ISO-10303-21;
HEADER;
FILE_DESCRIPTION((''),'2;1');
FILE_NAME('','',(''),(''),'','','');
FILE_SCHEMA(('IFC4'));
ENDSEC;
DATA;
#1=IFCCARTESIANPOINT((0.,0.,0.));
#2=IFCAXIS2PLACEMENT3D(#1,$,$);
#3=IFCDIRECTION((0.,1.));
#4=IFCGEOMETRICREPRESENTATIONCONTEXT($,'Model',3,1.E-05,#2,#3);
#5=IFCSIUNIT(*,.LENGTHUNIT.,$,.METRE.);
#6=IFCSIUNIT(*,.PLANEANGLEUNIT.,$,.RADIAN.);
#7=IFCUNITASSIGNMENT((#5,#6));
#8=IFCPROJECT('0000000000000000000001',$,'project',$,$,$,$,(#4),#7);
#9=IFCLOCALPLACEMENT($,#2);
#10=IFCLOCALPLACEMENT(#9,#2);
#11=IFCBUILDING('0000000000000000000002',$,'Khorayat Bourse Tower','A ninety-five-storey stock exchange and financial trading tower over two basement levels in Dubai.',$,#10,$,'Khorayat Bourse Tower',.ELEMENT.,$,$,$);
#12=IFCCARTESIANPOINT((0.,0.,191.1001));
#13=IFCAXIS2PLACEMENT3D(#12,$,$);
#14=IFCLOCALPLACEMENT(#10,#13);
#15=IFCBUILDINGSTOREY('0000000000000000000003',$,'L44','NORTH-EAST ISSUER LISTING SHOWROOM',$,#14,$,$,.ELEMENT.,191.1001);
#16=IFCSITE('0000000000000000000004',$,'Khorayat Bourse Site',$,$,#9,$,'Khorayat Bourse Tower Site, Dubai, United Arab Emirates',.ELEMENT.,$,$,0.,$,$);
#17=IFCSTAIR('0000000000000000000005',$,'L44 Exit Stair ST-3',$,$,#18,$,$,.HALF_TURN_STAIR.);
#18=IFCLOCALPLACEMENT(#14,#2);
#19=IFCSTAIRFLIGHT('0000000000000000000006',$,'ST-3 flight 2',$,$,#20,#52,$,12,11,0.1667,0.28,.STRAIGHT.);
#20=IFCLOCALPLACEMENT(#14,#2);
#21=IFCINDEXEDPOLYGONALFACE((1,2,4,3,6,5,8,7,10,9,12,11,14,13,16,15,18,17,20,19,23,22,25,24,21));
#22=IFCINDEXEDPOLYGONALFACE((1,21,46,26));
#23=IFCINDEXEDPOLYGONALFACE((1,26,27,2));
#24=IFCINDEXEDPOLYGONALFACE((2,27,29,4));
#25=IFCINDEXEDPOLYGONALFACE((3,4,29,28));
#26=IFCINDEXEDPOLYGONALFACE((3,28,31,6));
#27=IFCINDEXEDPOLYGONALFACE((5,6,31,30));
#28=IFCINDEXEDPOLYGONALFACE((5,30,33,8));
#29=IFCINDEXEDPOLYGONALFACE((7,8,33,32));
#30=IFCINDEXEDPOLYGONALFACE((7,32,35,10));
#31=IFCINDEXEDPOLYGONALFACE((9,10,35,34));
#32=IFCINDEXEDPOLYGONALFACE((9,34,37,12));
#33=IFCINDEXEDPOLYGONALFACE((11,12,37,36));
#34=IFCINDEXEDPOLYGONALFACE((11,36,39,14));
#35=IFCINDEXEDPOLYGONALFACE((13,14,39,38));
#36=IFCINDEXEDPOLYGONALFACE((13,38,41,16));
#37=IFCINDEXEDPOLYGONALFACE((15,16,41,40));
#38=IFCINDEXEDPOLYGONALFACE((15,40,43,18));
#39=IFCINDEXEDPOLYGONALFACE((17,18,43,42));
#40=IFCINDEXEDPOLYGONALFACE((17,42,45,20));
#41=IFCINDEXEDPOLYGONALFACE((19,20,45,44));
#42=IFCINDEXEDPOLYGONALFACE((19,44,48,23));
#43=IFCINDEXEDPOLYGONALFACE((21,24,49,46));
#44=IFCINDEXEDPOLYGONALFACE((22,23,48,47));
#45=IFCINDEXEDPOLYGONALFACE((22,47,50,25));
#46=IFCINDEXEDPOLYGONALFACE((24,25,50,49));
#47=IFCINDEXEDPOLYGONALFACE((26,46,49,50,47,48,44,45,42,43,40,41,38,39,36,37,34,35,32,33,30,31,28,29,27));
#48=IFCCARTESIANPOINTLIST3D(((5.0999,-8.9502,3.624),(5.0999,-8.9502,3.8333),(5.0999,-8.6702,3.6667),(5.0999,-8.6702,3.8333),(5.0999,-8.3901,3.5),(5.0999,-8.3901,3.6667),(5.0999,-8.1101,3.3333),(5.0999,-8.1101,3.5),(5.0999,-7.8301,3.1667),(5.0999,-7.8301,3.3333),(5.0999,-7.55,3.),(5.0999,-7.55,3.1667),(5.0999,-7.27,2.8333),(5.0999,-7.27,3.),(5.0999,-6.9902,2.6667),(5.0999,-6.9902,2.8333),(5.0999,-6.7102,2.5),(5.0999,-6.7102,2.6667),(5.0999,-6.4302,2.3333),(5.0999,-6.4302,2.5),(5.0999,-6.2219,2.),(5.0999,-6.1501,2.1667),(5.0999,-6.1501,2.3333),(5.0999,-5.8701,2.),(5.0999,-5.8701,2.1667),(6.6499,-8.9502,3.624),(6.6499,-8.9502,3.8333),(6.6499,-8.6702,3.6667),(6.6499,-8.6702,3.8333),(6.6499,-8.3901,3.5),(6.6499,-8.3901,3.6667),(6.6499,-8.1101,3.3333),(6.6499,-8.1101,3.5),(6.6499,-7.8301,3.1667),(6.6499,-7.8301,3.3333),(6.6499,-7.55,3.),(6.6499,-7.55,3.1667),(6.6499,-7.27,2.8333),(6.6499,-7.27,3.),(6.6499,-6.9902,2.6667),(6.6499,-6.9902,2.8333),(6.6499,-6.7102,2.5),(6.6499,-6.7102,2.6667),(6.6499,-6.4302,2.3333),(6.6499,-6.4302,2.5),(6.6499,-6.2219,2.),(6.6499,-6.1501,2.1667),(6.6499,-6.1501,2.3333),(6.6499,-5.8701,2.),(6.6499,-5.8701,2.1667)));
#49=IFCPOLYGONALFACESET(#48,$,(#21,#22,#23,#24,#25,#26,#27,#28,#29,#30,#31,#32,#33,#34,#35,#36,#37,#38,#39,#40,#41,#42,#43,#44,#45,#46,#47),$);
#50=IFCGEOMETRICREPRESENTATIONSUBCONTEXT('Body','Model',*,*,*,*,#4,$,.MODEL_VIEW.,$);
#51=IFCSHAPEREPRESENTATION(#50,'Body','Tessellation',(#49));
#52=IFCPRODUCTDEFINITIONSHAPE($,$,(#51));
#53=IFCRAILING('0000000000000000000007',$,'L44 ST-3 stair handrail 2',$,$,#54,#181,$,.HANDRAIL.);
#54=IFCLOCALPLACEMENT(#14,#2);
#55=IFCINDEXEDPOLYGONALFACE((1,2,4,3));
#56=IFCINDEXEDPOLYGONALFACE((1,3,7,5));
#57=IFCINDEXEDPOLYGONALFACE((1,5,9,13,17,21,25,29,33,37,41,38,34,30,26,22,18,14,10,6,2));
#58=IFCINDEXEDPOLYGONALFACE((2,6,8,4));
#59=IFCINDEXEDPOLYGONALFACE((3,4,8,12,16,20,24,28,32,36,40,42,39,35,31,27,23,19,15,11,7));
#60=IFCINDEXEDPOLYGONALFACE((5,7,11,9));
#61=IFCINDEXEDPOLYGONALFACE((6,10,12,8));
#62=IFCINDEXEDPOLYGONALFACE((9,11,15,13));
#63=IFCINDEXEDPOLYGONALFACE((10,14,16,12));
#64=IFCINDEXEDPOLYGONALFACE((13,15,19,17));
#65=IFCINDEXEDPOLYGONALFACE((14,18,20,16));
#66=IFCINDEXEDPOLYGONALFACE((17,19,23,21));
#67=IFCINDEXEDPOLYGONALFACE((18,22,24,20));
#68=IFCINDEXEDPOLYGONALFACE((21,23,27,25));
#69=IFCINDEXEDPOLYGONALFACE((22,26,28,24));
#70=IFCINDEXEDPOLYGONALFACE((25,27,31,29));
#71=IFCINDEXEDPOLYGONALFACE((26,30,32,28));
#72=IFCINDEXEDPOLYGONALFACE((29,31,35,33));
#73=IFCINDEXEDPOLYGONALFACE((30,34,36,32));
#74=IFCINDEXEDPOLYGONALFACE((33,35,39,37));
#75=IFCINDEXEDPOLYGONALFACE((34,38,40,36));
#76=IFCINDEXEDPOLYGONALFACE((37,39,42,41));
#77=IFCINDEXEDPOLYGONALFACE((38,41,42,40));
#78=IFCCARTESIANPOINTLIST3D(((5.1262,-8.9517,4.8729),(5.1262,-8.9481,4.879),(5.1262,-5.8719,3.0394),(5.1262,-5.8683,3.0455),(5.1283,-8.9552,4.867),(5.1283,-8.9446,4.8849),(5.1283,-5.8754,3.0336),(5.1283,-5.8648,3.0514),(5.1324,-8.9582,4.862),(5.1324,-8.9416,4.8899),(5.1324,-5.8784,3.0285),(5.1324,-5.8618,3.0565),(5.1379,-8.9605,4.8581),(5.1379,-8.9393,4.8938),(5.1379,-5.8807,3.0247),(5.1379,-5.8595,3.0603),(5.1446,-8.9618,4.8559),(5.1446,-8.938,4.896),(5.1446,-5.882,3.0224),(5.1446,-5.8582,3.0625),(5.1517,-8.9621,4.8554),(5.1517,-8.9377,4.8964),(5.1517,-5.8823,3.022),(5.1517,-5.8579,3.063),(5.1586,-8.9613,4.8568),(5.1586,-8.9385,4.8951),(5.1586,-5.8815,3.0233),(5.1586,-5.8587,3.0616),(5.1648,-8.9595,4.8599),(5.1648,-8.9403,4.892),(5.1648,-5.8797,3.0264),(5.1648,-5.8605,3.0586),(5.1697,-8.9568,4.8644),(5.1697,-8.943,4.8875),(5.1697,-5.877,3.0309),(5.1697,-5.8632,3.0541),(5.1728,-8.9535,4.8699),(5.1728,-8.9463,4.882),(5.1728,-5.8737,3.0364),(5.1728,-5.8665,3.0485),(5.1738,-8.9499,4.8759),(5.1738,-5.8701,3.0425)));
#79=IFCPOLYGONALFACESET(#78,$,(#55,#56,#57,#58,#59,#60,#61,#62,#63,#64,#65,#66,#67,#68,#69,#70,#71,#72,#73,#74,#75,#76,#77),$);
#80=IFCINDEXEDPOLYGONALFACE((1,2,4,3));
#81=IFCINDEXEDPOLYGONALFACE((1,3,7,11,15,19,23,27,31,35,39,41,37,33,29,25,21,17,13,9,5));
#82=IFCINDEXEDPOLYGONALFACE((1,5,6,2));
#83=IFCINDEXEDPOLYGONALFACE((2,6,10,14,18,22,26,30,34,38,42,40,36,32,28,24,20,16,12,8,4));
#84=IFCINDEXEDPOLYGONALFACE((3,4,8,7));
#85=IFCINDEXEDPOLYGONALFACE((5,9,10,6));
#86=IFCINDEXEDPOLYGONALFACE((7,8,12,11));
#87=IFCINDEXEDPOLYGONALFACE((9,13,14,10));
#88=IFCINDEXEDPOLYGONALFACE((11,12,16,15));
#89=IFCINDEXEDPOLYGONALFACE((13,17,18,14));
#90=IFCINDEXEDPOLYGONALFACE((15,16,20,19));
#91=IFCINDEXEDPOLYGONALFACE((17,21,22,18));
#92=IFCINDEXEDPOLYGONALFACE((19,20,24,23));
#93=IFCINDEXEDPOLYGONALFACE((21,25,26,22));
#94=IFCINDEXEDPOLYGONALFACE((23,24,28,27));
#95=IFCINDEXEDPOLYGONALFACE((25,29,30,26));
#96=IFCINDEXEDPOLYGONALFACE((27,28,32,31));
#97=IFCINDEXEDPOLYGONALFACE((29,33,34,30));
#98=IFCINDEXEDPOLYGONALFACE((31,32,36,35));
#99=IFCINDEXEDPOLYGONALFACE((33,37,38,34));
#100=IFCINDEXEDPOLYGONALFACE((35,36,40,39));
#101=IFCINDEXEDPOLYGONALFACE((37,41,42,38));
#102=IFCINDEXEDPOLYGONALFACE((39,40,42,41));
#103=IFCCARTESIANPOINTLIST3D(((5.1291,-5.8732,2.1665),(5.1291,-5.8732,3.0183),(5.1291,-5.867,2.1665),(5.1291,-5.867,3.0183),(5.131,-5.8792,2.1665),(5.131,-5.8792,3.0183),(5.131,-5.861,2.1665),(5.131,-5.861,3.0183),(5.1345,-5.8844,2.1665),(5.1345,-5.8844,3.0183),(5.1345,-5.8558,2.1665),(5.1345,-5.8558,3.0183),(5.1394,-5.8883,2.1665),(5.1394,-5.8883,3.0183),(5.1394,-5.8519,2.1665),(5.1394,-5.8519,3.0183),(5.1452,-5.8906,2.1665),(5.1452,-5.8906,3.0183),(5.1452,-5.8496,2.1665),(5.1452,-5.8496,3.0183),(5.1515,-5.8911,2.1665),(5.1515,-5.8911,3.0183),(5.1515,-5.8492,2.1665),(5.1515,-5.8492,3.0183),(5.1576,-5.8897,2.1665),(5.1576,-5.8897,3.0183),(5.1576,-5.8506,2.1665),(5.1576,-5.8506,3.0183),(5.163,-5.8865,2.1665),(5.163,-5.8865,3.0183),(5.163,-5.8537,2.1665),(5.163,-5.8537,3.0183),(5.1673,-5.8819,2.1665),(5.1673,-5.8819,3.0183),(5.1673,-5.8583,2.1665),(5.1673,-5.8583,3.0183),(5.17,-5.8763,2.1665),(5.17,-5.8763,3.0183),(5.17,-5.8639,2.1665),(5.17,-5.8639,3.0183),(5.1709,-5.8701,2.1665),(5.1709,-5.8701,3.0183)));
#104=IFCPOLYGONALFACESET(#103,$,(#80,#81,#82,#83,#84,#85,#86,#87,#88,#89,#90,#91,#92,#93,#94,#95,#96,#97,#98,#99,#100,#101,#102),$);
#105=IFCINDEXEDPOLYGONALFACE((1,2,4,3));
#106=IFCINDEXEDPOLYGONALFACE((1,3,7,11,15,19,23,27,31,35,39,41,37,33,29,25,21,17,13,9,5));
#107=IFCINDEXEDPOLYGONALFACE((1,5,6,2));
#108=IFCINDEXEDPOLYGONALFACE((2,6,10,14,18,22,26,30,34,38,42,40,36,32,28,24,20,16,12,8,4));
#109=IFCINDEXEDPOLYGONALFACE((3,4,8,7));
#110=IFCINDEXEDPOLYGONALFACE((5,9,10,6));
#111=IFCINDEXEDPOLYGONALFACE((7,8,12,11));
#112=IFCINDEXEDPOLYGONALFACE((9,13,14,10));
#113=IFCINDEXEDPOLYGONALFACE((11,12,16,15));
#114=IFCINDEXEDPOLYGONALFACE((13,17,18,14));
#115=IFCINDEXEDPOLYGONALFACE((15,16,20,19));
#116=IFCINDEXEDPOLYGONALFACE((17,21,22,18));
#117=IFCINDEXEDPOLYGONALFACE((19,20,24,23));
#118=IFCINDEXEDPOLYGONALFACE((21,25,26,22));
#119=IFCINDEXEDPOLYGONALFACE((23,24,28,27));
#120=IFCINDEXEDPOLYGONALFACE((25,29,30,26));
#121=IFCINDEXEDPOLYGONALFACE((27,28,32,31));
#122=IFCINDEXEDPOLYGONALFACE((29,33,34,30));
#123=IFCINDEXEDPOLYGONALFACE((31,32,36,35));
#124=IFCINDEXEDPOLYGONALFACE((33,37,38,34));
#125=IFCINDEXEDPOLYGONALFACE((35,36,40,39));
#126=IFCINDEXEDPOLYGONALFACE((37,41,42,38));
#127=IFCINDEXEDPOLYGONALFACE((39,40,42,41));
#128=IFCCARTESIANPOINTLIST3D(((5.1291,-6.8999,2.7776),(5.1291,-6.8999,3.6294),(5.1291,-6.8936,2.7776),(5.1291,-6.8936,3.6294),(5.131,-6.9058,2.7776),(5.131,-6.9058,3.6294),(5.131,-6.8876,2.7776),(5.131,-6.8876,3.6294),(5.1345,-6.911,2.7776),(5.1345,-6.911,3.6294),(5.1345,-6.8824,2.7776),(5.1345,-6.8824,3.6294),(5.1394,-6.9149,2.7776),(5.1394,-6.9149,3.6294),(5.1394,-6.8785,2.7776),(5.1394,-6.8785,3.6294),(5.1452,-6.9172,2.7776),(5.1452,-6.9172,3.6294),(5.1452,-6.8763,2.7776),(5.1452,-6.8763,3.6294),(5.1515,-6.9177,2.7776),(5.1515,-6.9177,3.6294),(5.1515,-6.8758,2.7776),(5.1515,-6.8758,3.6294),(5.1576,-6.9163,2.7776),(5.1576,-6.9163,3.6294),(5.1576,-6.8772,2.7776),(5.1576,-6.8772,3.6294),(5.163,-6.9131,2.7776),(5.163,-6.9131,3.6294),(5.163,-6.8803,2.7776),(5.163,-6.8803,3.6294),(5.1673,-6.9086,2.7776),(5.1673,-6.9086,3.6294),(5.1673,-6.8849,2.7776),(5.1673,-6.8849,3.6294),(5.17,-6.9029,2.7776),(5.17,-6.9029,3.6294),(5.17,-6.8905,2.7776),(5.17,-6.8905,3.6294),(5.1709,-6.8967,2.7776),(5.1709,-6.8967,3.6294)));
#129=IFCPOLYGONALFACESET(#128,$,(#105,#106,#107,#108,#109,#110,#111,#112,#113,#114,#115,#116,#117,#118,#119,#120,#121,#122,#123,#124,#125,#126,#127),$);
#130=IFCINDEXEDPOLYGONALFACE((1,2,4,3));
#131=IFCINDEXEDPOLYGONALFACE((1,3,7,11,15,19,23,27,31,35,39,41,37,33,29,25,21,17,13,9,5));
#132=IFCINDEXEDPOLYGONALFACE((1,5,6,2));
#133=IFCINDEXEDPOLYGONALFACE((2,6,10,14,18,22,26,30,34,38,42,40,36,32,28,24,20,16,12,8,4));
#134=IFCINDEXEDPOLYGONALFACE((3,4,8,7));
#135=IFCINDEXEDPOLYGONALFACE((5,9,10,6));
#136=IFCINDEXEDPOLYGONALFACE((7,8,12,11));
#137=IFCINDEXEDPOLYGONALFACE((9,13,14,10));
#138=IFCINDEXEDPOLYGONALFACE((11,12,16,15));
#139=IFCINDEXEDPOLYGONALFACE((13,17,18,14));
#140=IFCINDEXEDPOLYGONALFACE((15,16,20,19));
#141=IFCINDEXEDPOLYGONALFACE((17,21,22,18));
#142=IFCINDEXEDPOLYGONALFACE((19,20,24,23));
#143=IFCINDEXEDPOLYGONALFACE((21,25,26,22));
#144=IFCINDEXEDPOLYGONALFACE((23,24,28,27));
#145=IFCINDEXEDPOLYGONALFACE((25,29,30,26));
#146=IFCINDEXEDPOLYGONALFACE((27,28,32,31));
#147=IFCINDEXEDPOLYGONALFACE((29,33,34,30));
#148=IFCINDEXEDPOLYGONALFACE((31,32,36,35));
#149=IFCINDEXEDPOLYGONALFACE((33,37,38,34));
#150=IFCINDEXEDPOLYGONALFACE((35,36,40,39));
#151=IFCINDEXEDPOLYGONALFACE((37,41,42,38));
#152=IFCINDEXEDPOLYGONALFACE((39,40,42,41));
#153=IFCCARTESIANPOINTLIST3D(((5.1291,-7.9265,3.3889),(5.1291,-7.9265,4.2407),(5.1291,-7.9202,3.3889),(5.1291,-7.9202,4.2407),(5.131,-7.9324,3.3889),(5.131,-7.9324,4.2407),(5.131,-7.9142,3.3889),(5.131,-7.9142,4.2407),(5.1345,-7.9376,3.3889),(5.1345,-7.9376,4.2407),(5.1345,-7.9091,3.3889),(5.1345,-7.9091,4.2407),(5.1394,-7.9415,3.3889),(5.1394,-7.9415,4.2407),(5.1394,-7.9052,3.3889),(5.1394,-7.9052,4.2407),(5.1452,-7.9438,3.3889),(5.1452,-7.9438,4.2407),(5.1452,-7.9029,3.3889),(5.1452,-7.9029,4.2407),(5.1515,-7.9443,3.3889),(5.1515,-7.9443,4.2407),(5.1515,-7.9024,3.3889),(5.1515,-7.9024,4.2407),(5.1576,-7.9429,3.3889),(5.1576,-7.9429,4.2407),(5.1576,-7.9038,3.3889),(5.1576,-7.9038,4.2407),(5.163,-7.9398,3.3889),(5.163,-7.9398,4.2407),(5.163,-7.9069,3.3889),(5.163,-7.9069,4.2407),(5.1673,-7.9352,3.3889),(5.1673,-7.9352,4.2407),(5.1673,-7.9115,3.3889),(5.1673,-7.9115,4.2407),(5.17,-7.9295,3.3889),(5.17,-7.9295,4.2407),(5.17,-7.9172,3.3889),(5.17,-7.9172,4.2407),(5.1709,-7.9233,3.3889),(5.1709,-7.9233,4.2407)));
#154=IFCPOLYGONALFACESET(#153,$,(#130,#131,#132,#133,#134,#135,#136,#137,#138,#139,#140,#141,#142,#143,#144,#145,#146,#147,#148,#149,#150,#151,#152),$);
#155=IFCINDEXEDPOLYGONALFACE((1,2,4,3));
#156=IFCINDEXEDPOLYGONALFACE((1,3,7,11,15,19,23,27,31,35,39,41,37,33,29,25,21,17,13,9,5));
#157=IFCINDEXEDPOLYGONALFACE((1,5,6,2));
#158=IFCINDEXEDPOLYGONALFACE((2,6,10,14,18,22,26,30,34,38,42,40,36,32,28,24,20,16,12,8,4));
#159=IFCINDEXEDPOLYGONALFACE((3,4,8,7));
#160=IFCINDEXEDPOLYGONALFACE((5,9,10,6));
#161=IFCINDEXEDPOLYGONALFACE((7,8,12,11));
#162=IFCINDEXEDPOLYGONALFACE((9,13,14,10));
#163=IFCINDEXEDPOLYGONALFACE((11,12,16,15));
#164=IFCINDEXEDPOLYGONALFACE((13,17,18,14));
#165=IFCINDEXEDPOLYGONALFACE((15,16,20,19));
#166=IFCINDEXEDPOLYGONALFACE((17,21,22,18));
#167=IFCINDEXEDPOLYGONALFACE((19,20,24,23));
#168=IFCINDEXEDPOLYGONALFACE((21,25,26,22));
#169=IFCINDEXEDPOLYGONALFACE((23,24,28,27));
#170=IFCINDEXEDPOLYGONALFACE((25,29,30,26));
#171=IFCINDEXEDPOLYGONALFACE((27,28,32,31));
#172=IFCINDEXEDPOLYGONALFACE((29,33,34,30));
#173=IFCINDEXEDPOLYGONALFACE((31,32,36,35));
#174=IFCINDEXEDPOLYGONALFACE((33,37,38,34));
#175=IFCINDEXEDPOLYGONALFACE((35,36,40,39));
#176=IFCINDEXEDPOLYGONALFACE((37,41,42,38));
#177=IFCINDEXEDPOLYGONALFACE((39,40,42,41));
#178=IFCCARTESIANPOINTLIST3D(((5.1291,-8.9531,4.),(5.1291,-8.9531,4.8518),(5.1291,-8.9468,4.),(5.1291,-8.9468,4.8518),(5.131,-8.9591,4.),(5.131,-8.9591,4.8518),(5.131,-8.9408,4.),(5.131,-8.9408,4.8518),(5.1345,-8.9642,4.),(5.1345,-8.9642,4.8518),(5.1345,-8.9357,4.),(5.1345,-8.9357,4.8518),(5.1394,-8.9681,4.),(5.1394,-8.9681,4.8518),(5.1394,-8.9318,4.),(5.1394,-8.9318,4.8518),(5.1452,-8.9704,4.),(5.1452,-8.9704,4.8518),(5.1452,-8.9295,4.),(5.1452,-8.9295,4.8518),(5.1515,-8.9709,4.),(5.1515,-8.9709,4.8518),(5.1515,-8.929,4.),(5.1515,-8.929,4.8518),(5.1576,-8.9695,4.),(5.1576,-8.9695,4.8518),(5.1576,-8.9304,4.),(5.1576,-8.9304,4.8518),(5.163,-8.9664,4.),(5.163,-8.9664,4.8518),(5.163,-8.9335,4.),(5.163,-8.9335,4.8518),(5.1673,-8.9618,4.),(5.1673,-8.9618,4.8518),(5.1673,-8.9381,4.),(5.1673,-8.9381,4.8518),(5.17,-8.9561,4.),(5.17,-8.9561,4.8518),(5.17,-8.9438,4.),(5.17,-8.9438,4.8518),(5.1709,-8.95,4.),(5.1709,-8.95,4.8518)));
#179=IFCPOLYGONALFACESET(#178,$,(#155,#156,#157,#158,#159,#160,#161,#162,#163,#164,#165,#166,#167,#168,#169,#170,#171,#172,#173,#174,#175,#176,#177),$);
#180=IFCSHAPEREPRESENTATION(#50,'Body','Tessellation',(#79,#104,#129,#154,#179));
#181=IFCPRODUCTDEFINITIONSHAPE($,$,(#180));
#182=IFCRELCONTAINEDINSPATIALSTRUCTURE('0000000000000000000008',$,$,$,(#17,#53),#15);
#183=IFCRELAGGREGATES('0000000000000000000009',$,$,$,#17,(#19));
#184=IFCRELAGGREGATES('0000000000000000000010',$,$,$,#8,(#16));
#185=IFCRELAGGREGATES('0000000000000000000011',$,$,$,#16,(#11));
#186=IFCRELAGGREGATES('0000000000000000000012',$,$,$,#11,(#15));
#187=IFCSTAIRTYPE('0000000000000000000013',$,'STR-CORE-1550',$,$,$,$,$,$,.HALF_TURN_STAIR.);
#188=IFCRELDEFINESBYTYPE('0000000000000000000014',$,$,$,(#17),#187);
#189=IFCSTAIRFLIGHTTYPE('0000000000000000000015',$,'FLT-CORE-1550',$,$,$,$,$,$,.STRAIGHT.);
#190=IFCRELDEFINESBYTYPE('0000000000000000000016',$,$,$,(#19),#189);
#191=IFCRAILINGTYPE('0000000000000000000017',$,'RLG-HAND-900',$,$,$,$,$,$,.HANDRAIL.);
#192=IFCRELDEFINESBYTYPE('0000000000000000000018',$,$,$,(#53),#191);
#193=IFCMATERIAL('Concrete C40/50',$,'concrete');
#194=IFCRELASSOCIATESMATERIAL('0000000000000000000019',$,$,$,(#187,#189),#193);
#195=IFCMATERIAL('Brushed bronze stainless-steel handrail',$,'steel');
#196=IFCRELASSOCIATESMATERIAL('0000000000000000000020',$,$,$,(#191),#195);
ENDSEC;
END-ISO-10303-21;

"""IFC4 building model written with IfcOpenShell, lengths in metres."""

from ifc_helpers import new_model, si_unit, direction, frame, origin, origin_2d, place, context, subcontext, project, spatial, polyline, circle, outline, extrude, source, transform, mapped, material, type_object, element, aggregate, save


model = new_model("IFC4")

# Units and contexts
model_context = context("Model", 3, precision=1e-05, world=origin(), true_north=direction((0.0, 1.0)))
body_context = subcontext(model_context, "Body", "Model", "MODEL_VIEW")
ifc_project = project(units=[si_unit("LENGTHUNIT", "METRE"), si_unit("PLANEANGLEUNIT", "RADIAN")], contexts=[model_context])

# Site, building, storey
site_placement = place(None, origin())
site = spatial("IfcSite", under=ifc_project, at=site_placement, Name="Khorayat Bourse Site", LongName="Khorayat Bourse Tower Site, Dubai, United Arab Emirates", CompositionType="ELEMENT", RefElevation=0.0)
building_placement = place(site_placement, origin())
building = spatial("IfcBuilding", under=site, at=building_placement, Name="Khorayat Bourse Tower", Description="A ninety-five-storey stock exchange and financial trading tower over two basement levels in Dubai.", LongName="Khorayat Bourse Tower", CompositionType="ELEMENT")
storey_placement = place(building_placement, frame((0.0, 0.0, 191.1001)))
storey = spatial("IfcBuildingStorey", under=building, at=storey_placement, Name="L44", Description="NORTH-EAST ISSUER LISTING SHOWROOM", CompositionType="ELEMENT", Elevation=191.1001)

# Stair, stair flight
ifc_material_1 = material(Name="Concrete C40/50", Category="concrete")
stair_type = type_object("IfcStairType", Name="STR-CORE-1550", PredefinedType="HALF_TURN_STAIR", material=ifc_material_1)
stair_placement = place(storey_placement, origin())
stair = element("IfcStair", 1, at=stair_placement, inside=storey, type_object=stair_type, Name="L44 Exit Stair ST-3", PredefinedType="HALF_TURN_STAIR")
stair_flight_type = type_object("IfcStairFlightType", Name="FLT-CORE-1550", PredefinedType="STRAIGHT", material=ifc_material_1)
shared_shape_1 = source(origin(), body_context, "Body", "SweptSolid", [
    extrude(outline(polyline([(0.0, 0.0), (0.0, 0.1667), (0.28, 0.1667), (0.28, 0.3333), (0.5601, 0.3333), (0.5601, 0.5), (0.8401, 0.5), (0.8401, 0.6667), (1.1201, 0.6667), (1.1201, 0.8333), (1.3999, 0.8333), (1.3999, 1.0), (1.6799, 1.0), (1.6799, 1.1667), (1.96, 1.1667), (1.96, 1.3333), (2.24, 1.3333), (2.24, 1.5), (2.52, 1.5), (2.52, 1.6667), (2.8, 1.6667), (2.8, 1.8333), (3.0801, 1.8333), (3.0801, 2.0), (3.0801, 1.624), (0.3518, 0.0), (0.0, 0.0)])), frame((0.0, 0.7749, 0.0), z_axis=(0.0, -1.0, 0.0), x_axis=(1.0, 0.0, 0.0)), (0.0, 0.0, 1.0), 1.55),
])
stair_flight_placement = place(storey_placement, frame((5.875, -5.8701, 2.0), z_axis=(0.0, 0.0, 1.0), x_axis=(0.0, -1.0, 0.0)))
stair_flight = element("IfcStairFlight", 2, at=stair_flight_placement, type_object=stair_flight_type, Name="ST-3 flight 2", NumberOfRisers=12, NumberOfTreads=11, PredefinedType="STRAIGHT", RiserHeight=0.1667, TreadLength=0.28, context=body_context, shape_type="MappedRepresentation", body=[
    mapped(shared_shape_1, transform((0.0, 0.0, 0.0), scale=1.0)),
])
aggregate(stair, [stair_flight])

# Railing
ifc_material_2 = material(Name="Brushed bronze stainless-steel handrail", Category="steel")
railing_type = type_object("IfcRailingType", Name="RLG-HAND-900", PredefinedType="HANDRAIL", material=ifc_material_2)
shared_shape_2 = source(origin(), body_context, "Body", "SweptSolid", [
    extrude(circle(Radius=0.0239, at=origin_2d()), frame((0.0, 0.0, 0.876), z_axis=(0.0, -0.859261, 0.511538), x_axis=(1.0, 0.0, 0.0)), (0.0, 0.0, 1.0), 3.5842),
    extrude(circle(Radius=0.021, at=origin_2d()), origin(), (0.0, 0.0, 1.0), 0.8518),
    extrude(circle(Radius=0.021, at=origin_2d()), frame((0.0, -1.0266, 0.6111)), (0.0, 0.0, 1.0), 0.8518),
    extrude(circle(Radius=0.021, at=origin_2d()), frame((0.0, -2.0532, 1.2224)), (0.0, 0.0, 1.0), 0.8518),
    extrude(circle(Radius=0.021, at=origin_2d()), frame((0.0, -3.0798, 1.8335)), (0.0, 0.0, 1.0), 0.8518),
])
railing_placement = place(storey_placement, frame((5.1499, -5.8701, 2.1665)))
element("IfcRailing", 3, at=railing_placement, inside=storey, type_object=railing_type, Name="L44 ST-3 stair handrail 2", PredefinedType="HANDRAIL", context=body_context, shape_type="MappedRepresentation", body=[
    mapped(shared_shape_2, transform((0.0, 0.0, 0.0), scale=1.0)),
])

save(model, "model.ifc")
